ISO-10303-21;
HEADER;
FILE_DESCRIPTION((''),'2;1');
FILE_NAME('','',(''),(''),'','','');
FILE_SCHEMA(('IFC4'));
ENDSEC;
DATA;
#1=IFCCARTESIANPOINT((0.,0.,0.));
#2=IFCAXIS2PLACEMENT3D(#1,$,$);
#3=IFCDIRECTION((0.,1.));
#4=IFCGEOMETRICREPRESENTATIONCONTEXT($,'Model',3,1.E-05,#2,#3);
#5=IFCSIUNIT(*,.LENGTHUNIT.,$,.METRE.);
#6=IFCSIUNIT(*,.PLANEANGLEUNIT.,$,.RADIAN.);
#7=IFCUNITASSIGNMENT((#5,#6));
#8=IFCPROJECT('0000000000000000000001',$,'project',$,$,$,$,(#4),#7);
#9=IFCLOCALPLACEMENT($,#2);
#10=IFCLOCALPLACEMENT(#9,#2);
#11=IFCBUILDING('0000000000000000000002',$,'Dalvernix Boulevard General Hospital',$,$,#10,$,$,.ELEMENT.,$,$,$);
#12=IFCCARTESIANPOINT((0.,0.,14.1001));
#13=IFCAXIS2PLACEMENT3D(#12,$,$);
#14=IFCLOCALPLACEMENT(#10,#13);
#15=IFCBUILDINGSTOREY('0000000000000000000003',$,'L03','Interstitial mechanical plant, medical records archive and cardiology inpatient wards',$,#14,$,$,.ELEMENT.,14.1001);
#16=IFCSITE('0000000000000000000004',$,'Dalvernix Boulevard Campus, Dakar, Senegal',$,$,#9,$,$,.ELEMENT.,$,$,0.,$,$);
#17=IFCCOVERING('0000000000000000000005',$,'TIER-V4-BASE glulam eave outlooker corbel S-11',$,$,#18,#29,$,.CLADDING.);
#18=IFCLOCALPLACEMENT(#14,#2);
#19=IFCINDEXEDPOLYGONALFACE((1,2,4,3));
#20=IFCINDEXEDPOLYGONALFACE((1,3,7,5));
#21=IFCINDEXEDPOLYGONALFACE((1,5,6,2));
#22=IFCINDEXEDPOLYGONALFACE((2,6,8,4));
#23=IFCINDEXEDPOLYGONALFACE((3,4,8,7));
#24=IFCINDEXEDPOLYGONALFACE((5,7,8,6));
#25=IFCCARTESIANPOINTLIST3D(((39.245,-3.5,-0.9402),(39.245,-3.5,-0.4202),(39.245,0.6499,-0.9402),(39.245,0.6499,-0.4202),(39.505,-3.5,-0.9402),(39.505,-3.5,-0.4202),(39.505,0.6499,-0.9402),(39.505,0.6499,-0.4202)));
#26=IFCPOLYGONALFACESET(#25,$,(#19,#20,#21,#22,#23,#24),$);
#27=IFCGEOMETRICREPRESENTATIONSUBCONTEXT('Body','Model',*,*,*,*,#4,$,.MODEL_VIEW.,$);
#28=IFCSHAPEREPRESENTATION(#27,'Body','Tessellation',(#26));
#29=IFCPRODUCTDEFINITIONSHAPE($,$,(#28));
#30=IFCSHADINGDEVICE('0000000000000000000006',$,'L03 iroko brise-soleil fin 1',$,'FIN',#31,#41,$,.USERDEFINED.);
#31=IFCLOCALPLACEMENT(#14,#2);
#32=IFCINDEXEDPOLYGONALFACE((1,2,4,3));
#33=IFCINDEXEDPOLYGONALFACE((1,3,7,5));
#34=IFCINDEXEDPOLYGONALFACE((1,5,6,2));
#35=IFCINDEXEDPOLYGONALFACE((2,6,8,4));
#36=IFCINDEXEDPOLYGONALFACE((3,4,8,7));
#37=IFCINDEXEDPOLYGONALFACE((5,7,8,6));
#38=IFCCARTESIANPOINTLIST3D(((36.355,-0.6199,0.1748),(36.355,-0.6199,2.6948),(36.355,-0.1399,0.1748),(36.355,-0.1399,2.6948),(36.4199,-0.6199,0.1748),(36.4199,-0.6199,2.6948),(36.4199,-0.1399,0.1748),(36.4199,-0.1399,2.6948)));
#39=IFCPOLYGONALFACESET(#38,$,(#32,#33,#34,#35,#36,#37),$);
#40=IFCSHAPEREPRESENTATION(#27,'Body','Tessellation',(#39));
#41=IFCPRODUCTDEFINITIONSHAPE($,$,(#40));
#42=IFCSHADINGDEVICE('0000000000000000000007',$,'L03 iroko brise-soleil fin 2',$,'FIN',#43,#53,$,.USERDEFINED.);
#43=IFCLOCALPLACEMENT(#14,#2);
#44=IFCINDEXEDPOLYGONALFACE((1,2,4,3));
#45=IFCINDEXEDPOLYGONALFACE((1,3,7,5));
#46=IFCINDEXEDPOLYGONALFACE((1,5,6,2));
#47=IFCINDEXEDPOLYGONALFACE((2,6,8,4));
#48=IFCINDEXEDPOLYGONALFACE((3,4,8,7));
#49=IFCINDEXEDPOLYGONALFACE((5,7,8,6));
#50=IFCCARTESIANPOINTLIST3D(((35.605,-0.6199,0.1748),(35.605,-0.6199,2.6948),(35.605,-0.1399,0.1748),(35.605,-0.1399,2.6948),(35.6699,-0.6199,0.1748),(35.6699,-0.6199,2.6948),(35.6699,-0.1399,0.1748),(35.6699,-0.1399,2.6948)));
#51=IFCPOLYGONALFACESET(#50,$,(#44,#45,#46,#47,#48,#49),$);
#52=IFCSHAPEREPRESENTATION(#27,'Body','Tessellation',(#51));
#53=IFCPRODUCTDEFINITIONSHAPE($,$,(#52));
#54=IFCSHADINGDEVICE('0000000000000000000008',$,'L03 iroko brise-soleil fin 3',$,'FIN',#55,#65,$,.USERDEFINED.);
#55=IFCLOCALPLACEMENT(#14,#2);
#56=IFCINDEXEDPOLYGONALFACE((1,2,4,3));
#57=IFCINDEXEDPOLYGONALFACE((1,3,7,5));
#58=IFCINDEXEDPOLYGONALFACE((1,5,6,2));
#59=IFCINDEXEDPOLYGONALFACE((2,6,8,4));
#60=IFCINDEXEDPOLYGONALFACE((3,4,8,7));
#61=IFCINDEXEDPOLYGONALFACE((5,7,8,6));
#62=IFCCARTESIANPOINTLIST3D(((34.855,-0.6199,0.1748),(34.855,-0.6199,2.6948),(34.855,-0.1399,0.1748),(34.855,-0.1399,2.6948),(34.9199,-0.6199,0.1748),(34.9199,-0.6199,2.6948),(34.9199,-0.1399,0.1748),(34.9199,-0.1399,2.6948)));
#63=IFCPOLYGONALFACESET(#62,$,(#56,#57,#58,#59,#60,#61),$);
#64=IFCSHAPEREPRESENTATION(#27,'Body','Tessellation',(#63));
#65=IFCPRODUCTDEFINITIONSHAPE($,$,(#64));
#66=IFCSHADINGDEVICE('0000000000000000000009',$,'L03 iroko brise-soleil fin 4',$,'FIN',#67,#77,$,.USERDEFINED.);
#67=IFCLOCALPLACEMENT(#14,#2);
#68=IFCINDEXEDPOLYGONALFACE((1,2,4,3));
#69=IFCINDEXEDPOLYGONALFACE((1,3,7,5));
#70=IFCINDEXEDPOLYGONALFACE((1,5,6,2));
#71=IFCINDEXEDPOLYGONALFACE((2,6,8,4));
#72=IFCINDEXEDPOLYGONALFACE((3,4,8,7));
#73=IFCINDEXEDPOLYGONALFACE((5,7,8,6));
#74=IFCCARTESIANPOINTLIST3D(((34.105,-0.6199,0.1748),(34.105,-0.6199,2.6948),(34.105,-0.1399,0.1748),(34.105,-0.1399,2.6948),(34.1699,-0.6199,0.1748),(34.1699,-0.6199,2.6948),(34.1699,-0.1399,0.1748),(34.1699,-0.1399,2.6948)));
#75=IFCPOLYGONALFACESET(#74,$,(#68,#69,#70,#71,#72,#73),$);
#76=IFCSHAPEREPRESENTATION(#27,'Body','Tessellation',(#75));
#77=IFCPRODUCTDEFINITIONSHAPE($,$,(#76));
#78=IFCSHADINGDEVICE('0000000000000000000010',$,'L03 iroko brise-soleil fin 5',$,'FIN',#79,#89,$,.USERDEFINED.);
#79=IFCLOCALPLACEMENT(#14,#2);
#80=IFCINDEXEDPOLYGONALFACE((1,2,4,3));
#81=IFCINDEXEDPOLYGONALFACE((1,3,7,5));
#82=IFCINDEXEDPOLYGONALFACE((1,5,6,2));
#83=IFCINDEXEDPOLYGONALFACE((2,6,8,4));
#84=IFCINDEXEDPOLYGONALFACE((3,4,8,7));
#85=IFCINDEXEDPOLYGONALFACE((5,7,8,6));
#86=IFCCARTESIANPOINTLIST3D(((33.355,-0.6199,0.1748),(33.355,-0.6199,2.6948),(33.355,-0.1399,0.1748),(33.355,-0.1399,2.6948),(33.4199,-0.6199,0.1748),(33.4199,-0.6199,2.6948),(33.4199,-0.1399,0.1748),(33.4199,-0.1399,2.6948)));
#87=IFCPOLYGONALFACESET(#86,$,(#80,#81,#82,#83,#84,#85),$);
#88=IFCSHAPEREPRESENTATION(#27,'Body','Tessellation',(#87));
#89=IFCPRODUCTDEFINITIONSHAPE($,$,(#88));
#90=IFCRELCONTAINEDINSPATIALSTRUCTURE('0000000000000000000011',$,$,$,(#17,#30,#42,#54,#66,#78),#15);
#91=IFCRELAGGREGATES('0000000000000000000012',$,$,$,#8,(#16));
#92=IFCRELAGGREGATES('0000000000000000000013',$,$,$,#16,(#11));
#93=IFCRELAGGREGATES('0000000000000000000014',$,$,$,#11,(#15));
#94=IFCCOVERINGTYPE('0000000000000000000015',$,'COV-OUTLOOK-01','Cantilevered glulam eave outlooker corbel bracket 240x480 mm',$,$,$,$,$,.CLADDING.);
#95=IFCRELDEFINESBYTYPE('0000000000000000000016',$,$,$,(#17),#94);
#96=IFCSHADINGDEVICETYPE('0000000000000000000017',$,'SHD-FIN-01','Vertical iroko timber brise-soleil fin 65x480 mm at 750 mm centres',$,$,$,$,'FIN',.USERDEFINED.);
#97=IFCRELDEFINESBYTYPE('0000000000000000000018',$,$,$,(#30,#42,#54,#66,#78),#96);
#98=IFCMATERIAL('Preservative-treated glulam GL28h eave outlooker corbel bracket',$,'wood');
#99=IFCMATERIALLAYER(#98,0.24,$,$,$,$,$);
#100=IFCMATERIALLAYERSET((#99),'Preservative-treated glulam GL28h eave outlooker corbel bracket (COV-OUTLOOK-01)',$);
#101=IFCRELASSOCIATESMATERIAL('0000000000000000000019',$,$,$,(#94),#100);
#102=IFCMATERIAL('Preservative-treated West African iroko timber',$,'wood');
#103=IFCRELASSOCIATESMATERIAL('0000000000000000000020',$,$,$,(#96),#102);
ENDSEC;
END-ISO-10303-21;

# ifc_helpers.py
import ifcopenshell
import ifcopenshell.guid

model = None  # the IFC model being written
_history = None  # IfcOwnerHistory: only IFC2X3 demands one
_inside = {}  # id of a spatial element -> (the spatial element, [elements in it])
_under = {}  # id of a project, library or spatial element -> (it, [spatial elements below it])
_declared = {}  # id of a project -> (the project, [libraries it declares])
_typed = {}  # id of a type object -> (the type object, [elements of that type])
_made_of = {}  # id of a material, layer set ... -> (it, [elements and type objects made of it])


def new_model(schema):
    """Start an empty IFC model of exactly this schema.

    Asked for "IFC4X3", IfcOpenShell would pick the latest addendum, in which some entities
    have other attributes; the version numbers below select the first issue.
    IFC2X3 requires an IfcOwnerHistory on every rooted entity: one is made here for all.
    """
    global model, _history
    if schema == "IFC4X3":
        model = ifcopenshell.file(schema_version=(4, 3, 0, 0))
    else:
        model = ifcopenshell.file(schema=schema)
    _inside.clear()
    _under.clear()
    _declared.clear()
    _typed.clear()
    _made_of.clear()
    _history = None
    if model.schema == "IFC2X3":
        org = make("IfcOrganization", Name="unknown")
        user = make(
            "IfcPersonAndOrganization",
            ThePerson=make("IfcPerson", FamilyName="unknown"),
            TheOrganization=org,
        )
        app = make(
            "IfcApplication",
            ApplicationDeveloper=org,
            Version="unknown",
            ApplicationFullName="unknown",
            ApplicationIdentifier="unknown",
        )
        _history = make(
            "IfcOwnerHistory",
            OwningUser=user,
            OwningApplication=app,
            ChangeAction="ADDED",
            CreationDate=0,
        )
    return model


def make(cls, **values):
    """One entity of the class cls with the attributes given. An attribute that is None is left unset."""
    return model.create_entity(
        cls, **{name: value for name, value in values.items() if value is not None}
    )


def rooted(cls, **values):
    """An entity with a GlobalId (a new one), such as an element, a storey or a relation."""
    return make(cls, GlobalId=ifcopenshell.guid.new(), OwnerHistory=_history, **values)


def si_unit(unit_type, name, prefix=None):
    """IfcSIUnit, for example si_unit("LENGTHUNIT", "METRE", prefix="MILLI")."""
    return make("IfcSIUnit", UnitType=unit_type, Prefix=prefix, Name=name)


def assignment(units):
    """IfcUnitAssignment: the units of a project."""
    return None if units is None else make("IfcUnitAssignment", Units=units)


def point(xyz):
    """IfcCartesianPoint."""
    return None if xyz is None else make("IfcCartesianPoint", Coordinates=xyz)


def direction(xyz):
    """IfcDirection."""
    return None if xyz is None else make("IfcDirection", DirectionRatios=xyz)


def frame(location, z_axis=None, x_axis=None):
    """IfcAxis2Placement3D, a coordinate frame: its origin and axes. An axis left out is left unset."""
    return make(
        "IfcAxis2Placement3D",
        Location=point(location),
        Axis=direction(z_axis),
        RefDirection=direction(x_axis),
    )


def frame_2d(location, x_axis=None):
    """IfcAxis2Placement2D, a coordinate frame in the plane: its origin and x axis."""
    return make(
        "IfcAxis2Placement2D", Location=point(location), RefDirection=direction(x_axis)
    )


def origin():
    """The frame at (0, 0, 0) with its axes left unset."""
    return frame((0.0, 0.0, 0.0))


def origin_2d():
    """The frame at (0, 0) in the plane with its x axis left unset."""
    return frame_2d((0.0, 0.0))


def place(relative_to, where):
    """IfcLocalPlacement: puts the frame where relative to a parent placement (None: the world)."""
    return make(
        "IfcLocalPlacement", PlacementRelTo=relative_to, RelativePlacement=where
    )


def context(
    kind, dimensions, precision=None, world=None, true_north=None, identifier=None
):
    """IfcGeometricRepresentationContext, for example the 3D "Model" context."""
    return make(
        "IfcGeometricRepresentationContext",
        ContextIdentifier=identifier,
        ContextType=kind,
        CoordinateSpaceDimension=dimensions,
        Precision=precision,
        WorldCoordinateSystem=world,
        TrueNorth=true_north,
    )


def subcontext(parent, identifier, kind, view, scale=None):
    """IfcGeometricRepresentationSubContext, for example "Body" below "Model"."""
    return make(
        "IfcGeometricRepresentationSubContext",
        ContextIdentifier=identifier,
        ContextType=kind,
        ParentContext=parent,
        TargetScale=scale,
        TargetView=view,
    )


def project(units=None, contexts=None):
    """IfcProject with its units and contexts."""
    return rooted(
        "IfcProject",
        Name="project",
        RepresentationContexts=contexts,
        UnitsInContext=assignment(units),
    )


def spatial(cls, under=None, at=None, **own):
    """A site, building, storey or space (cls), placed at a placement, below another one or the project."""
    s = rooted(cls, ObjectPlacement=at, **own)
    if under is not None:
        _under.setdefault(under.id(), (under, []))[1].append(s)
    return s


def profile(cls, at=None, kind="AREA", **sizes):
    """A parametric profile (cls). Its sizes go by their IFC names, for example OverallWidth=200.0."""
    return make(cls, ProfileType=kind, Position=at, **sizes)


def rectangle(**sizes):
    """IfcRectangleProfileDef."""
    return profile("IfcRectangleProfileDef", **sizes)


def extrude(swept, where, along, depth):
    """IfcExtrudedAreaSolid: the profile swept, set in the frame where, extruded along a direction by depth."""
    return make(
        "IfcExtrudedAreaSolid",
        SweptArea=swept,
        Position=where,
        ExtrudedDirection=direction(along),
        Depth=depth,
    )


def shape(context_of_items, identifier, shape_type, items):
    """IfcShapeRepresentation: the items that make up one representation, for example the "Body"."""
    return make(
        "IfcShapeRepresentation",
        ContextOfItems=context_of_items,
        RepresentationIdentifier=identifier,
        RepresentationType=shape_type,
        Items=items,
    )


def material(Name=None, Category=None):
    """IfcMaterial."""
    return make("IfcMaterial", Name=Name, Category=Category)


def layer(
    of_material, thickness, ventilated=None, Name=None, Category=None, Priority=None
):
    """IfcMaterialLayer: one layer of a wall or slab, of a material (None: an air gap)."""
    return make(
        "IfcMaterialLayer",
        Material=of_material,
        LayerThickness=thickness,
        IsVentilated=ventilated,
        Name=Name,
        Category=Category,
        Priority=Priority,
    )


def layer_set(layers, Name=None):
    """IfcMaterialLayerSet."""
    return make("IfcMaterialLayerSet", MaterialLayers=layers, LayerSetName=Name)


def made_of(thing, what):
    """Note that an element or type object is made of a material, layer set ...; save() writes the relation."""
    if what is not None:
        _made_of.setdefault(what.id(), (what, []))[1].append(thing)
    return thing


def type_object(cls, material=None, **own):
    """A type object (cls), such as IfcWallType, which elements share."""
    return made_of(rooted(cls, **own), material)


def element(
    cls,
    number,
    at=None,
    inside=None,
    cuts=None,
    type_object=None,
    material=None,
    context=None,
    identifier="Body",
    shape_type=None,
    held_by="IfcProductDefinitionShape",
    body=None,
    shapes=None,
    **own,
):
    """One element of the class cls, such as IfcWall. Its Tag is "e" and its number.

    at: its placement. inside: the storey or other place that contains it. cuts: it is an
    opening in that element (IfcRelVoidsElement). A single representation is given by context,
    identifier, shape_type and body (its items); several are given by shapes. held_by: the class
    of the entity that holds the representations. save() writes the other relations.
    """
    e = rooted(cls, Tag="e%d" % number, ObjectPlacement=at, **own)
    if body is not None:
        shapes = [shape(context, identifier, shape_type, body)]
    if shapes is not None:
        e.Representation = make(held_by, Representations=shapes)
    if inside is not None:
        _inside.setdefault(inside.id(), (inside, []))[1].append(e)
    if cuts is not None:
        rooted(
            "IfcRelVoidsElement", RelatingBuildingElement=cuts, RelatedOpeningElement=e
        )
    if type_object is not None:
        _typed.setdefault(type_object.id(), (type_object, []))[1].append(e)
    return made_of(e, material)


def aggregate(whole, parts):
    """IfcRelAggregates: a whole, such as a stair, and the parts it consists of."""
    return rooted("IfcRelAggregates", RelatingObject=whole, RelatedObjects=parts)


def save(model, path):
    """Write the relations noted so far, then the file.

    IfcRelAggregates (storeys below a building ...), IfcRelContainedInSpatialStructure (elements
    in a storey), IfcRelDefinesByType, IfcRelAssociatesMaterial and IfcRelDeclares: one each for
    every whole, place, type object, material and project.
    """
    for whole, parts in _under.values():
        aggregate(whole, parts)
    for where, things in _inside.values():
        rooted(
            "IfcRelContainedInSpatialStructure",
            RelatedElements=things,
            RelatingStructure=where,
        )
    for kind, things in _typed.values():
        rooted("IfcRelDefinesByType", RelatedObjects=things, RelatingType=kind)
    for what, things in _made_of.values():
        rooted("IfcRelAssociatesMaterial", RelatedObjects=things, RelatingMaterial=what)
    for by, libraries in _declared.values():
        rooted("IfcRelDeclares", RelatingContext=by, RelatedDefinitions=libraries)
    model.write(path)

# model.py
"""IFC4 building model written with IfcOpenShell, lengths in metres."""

from ifc_helpers import new_model, si_unit, direction, frame, origin, origin_2d, place, context, subcontext, project, spatial, rectangle, extrude, material, layer, layer_set, type_object, element, save


model = new_model("IFC4")

# Units and contexts
model_context = context("Model", 3, precision=1e-05, world=origin(), true_north=direction((0.0, 1.0)))
body_context = subcontext(model_context, "Body", "Model", "MODEL_VIEW")
ifc_project = project(units=[si_unit("LENGTHUNIT", "METRE"), si_unit("PLANEANGLEUNIT", "RADIAN")], contexts=[model_context])

# Site, building, storey
site_placement = place(None, origin())
site = spatial("IfcSite", under=ifc_project, at=site_placement, Name="Dalvernix Boulevard Campus, Dakar, Senegal", CompositionType="ELEMENT", RefElevation=0.0)
building_placement = place(site_placement, origin())
building = spatial("IfcBuilding", under=site, at=building_placement, Name="Dalvernix Boulevard General Hospital", CompositionType="ELEMENT")
storey_placement = place(building_placement, frame((0.0, 0.0, 14.1001)))
storey = spatial("IfcBuildingStorey", under=building, at=storey_placement, Name="L03", Description="Interstitial mechanical plant, medical records archive and cardiology inpatient wards", CompositionType="ELEMENT", Elevation=14.1001)

# Covering
ifc_material_1 = material(Name="Preservative-treated glulam GL28h eave outlooker corbel bracket", Category="wood")
ifc_layer_1 = layer(ifc_material_1, 0.24)
ifc_layer_set_1 = layer_set([ifc_layer_1], Name="Preservative-treated glulam GL28h eave outlooker corbel bracket (COV-OUTLOOK-01)")
covering_type_1 = type_object("IfcCoveringType", Name="COV-OUTLOOK-01", Description="Cantilevered glulam eave outlooker corbel bracket 240x480 mm", PredefinedType="CLADDING", material=ifc_layer_set_1)
for number, where, z_axis, x_axis, name in (
    (1, (39.375, -1.425, -0.9402), (0.0, 0.0, 1.0), (1.0, 0.0, 0.0), "TIER-V4-BASE glulam eave outlooker corbel S-11"),
):
    element("IfcCovering", number, at=place(storey_placement, frame(where, z_axis=z_axis, x_axis=x_axis)), inside=storey, type_object=covering_type_1, Name=name, PredefinedType="CLADDING", context=body_context, shape_type="SweptSolid", body=[
        extrude(rectangle(XDim=0.26, YDim=4.1499, at=origin_2d()), origin(), (0.0, 0.0, 1.0), 0.52),
    ])

# Shading devices
ifc_material_2 = material(Name="Preservative-treated West African iroko timber", Category="wood")
shading_device_type = type_object("IfcShadingDeviceType", Name="SHD-FIN-01", Description="Vertical iroko timber brise-soleil fin 65x480 mm at 750 mm centres", ElementType="FIN", PredefinedType="USERDEFINED", material=ifc_material_2)
for number, where, z_axis, x_axis, name in (
    (2, (36.3875, -0.3799, 0.1748), (0.0, 0.0, 1.0), (-1.0, 0.0, 0.0), "L03 iroko brise-soleil fin 1"),
    (3, (35.6375, -0.3799, 0.1748), (0.0, 0.0, 1.0), (-1.0, 0.0, 0.0), "L03 iroko brise-soleil fin 2"),
    (4, (34.8875, -0.3799, 0.1748), (0.0, 0.0, 1.0), (-1.0, 0.0, 0.0), "L03 iroko brise-soleil fin 3"),
    (5, (34.1375, -0.3799, 0.1748), (0.0, 0.0, 1.0), (-1.0, 0.0, 0.0), "L03 iroko brise-soleil fin 4"),
    (6, (33.3875, -0.3799, 0.1748), (0.0, 0.0, 1.0), (-1.0, 0.0, 0.0), "L03 iroko brise-soleil fin 5"),
):
    element("IfcShadingDevice", number, at=place(storey_placement, frame(where, z_axis=z_axis, x_axis=x_axis)), inside=storey, type_object=shading_device_type, Name=name, ObjectType="FIN", PredefinedType="USERDEFINED", context=body_context, shape_type="SweptSolid", body=[
        extrude(rectangle(XDim=0.0649, YDim=0.48, at=origin_2d()), origin(), (0.0, 0.0, 1.0), 2.52),
    ])

save(model, "model.ifc")
